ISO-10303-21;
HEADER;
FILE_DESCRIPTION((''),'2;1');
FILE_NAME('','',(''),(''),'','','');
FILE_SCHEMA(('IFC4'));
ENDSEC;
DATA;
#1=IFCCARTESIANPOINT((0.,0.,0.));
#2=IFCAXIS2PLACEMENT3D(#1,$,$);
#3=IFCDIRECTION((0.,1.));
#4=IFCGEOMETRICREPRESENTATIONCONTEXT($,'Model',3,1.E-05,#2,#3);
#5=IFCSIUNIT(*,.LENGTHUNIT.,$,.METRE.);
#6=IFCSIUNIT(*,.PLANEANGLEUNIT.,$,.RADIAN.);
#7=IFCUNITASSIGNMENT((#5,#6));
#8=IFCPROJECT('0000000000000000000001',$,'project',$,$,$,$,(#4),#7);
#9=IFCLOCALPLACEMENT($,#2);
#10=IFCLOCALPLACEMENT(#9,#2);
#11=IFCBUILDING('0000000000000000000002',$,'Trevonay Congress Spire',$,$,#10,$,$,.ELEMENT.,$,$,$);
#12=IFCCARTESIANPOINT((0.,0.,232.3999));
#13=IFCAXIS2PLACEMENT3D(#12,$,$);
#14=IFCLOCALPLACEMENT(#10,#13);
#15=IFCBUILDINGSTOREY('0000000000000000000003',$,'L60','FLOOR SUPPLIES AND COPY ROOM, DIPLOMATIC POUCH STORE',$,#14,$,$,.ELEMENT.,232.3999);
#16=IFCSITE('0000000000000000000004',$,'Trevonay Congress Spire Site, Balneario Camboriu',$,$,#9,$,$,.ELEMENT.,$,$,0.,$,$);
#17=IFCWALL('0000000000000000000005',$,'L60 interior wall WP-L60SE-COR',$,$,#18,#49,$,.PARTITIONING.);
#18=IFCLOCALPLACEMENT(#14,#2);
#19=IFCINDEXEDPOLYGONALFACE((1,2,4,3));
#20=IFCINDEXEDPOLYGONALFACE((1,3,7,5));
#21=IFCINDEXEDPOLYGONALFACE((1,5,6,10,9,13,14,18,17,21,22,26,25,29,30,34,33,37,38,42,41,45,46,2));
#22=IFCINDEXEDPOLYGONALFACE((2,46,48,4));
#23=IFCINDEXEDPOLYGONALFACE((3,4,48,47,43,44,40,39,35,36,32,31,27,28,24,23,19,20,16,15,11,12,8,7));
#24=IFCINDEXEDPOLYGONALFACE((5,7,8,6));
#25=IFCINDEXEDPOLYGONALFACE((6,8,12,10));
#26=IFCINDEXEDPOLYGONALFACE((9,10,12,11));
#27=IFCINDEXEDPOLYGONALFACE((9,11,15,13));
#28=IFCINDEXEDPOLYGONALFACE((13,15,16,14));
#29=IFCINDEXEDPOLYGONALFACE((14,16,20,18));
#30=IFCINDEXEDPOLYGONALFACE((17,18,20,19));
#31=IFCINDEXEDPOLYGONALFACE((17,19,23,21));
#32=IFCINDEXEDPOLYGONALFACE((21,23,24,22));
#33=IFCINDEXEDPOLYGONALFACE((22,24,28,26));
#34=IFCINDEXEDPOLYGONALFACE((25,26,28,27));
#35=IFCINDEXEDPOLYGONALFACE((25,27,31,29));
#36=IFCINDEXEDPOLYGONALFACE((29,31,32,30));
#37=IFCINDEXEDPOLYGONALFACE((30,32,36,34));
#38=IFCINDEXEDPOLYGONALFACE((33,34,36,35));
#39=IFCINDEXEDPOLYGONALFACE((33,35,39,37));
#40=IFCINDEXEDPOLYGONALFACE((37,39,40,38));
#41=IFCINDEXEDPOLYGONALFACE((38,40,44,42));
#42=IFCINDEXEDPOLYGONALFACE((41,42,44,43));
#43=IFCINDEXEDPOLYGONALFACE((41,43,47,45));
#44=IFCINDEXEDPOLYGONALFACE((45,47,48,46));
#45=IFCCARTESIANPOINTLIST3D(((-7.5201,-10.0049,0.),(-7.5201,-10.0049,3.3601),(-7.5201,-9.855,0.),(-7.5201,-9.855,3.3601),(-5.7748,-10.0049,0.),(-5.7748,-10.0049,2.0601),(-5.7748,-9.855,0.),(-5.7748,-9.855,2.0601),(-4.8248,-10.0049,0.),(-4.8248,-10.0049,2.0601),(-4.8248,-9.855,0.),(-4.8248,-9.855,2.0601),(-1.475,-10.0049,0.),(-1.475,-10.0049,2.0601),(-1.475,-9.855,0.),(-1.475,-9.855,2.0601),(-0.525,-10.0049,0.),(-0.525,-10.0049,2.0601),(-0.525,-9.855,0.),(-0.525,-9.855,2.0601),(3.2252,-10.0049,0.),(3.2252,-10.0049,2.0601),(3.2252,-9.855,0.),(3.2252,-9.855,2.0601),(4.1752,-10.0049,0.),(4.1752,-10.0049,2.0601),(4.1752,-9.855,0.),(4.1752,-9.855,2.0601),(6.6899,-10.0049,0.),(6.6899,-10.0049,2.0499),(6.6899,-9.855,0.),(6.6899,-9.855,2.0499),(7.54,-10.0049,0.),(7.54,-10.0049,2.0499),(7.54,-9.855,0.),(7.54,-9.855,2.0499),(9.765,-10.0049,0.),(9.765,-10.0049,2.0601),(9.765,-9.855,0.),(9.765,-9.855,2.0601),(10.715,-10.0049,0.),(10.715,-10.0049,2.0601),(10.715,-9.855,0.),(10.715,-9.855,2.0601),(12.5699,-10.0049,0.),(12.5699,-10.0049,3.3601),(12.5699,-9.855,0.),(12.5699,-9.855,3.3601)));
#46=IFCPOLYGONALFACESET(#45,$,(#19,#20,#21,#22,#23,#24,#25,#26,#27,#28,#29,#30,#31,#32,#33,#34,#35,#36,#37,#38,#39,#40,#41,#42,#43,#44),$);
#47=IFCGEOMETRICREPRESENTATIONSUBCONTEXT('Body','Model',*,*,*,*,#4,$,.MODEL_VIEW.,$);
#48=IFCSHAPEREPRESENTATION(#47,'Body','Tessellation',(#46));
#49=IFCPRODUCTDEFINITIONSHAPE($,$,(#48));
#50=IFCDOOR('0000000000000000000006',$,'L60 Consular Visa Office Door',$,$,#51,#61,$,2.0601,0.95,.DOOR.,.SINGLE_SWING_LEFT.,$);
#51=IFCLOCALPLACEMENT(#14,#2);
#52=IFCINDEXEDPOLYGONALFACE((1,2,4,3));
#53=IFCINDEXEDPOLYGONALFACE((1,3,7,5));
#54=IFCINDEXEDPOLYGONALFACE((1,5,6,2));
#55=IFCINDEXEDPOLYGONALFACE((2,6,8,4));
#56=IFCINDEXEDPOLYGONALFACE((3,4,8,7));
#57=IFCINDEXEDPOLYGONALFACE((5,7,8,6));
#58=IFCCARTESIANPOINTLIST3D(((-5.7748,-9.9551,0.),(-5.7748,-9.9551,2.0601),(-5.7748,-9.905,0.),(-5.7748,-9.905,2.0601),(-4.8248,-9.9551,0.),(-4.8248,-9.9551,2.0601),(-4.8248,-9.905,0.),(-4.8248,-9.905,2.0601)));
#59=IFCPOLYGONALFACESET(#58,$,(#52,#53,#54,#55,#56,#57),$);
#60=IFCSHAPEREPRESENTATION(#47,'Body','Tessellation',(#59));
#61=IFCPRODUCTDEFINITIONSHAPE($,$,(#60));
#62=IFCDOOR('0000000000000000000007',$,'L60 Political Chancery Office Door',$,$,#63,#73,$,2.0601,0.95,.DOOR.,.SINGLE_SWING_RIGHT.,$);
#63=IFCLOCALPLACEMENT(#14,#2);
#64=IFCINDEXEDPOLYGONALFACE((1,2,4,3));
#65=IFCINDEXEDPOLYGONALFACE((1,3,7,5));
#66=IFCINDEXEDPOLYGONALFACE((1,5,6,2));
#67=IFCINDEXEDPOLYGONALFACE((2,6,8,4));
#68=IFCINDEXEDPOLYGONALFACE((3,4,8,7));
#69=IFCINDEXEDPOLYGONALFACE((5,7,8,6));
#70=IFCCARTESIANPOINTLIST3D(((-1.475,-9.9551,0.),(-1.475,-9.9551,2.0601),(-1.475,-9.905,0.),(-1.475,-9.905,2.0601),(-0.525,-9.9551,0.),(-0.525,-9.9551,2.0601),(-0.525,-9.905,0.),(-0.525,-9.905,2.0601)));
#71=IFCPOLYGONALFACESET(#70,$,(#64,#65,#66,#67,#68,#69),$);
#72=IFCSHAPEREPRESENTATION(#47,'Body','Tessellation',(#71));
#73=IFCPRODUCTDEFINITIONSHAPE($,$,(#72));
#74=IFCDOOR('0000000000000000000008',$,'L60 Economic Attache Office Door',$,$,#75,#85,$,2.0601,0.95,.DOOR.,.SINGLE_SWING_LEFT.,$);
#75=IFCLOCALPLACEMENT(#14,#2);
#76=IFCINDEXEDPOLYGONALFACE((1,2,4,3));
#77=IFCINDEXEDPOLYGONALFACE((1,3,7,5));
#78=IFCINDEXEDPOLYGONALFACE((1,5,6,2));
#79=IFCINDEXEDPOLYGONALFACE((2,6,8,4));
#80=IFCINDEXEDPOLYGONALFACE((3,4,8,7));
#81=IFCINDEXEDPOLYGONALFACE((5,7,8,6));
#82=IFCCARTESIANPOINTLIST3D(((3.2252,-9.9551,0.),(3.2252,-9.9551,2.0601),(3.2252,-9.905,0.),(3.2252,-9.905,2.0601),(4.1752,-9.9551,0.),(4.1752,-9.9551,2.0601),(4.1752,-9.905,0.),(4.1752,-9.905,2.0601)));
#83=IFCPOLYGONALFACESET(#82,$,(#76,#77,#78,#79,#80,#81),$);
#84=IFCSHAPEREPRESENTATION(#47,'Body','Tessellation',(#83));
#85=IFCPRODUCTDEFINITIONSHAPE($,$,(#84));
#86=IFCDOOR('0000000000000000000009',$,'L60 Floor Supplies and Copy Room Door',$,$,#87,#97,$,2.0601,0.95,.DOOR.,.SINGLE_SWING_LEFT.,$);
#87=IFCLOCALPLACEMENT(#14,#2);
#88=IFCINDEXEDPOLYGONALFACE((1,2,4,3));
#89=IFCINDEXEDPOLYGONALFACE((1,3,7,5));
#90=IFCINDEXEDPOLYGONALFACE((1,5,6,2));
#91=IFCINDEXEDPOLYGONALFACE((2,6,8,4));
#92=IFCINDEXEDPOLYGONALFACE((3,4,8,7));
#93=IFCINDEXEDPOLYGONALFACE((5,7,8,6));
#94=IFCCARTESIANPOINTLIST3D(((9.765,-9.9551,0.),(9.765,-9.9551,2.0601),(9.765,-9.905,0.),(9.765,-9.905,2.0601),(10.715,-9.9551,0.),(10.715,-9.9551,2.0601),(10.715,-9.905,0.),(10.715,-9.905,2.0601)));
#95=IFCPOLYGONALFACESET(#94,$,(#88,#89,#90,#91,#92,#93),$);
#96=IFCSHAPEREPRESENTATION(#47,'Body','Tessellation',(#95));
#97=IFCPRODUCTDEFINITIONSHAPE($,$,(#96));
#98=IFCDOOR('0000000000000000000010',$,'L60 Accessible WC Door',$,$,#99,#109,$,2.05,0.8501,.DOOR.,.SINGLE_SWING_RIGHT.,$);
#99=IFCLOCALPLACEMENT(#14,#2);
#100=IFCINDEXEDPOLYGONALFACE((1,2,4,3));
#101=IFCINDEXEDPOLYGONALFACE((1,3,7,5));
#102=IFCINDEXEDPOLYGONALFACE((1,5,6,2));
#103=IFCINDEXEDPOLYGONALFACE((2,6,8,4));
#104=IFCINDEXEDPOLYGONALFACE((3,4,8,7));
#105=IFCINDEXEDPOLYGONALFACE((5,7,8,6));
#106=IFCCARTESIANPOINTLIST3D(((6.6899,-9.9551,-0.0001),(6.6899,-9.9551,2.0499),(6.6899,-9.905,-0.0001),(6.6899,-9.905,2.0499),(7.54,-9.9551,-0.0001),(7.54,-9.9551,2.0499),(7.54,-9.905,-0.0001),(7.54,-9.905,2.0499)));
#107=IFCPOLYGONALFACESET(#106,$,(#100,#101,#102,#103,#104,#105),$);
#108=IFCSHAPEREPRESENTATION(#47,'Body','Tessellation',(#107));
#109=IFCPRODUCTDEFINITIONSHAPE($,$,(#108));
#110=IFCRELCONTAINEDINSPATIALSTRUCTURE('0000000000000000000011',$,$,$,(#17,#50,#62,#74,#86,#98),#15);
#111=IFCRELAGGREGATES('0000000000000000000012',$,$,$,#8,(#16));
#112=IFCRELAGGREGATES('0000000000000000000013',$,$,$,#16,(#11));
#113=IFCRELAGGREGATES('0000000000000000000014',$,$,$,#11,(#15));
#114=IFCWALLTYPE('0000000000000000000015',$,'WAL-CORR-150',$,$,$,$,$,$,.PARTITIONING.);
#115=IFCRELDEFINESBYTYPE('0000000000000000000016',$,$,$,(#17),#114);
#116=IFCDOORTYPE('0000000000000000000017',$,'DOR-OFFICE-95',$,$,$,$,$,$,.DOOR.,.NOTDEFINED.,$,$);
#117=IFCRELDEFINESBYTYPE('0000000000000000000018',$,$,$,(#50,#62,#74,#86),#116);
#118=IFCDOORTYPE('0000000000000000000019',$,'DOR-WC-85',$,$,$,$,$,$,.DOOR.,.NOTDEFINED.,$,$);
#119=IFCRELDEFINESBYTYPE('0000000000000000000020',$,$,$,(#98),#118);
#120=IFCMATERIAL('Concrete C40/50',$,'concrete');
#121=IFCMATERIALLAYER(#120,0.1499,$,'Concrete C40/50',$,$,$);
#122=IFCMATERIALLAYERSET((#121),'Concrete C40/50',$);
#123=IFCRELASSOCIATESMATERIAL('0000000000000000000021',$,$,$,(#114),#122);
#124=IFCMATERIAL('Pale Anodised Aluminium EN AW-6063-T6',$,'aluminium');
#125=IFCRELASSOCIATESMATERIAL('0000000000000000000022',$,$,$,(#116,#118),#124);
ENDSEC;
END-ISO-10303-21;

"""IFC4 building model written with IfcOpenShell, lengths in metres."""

from ifc_helpers import new_model, si_unit, direction, frame, frame_2d, origin, place, context, subcontext, project, spatial, rectangle, extrude, material, layer, layer_set, type_object, element, fill, save


model = new_model("IFC4")

# Units and contexts
model_context = context("Model", 3, precision=1e-05, world=origin(), true_north=direction((0.0, 1.0)))
body_context = subcontext(model_context, "Body", "Model", "MODEL_VIEW")
ifc_project = project(units=[si_unit("LENGTHUNIT", "METRE"), si_unit("PLANEANGLEUNIT", "RADIAN")], contexts=[model_context])

# Site, building, storey
site_placement = place(None, origin())
site = spatial("IfcSite", under=ifc_project, at=site_placement, Name="Trevonay Congress Spire Site, Balneario Camboriu", CompositionType="ELEMENT", RefElevation=0.0)
building_placement = place(site_placement, origin())
building = spatial("IfcBuilding", under=site, at=building_placement, Name="Trevonay Congress Spire", CompositionType="ELEMENT")
storey_placement = place(building_placement, frame((0.0, 0.0, 232.3999)))
storey = spatial("IfcBuildingStorey", under=building, at=storey_placement, Name="L60", Description="FLOOR SUPPLIES AND COPY ROOM, DIPLOMATIC POUCH STORE", CompositionType="ELEMENT", Elevation=232.3999)

# Shared definitions
ifc_material_1 = material(Name="Pale Anodised Aluminium EN AW-6063-T6", Category="aluminium")

# Wall, openings, doors
ifc_material_2 = material(Name="Concrete C40/50", Category="concrete")
ifc_layer_1 = layer(ifc_material_2, 0.1499, Name="Concrete C40/50")
ifc_layer_set_1 = layer_set([ifc_layer_1], Name="Concrete C40/50")
wall_type_1 = type_object("IfcWallType", Name="WAL-CORR-150", PredefinedType="PARTITIONING", material=ifc_layer_set_1)
wall_1_placement = place(storey_placement, frame((-7.52, -9.9299, 0.0), z_axis=(0.0, 0.0, 1.0), x_axis=(1.0, 0.0, 0.0)))
wall_1 = element("IfcWall", 1, at=wall_1_placement, inside=storey, type_object=wall_type_1, Name="L60 interior wall WP-L60SE-COR", PredefinedType="PARTITIONING", context=body_context, shape_type="SweptSolid", body=[
    extrude(rectangle(XDim=20.0901, YDim=0.1499, at=frame_2d((10.0449, 0.0))), origin(), (0.0, 0.0, 1.0), 3.3601),
])
opening_1_placement = place(wall_1_placement, frame((1.7451, 0.0, 0.0)))
opening_1 = element("IfcOpeningElement", 2, at=opening_1_placement, cuts=wall_1, PredefinedType="OPENING", context=body_context, shape_type="SweptSolid", body=[
    extrude(rectangle(XDim=0.95, YDim=2.0601, at=frame_2d((0.4751, 1.03))), frame((0.0, 0.085, 0.0), z_axis=(0.0, -1.0, 0.0), x_axis=(1.0, 0.0, 0.0)), (0.0, 0.0, 1.0), 0.1699),
])
opening_2_placement = place(wall_1_placement, frame((6.0449, 0.0, 0.0)))
opening_2 = element("IfcOpeningElement", 3, at=opening_2_placement, cuts=wall_1, PredefinedType="OPENING", context=body_context, shape_type="SweptSolid", body=[
    extrude(rectangle(XDim=0.95, YDim=2.0601, at=frame_2d((0.4751, 1.03))), frame((0.0, 0.085, 0.0), z_axis=(0.0, -1.0, 0.0), x_axis=(1.0, 0.0, 0.0)), (0.0, 0.0, 1.0), 0.1699),
])
opening_3_placement = place(wall_1_placement, frame((10.7451, 0.0, 0.0)))
opening_3 = element("IfcOpeningElement", 4, at=opening_3_placement, cuts=wall_1, PredefinedType="OPENING", context=body_context, shape_type="SweptSolid", body=[
    extrude(rectangle(XDim=0.95, YDim=2.0601, at=frame_2d((0.4751, 1.03))), frame((0.0, 0.085, 0.0), z_axis=(0.0, -1.0, 0.0), x_axis=(1.0, 0.0, 0.0)), (0.0, 0.0, 1.0), 0.1699),
])
opening_4_placement = place(wall_1_placement, frame((14.21, 0.0, 0.0)))
opening_4 = element("IfcOpeningElement", 5, at=opening_4_placement, cuts=wall_1, PredefinedType="OPENING", context=body_context, shape_type="SweptSolid", body=[
    extrude(rectangle(XDim=0.8501, YDim=2.05, at=frame_2d((0.425, 1.0249))), frame((0.0, 0.085, 0.0), z_axis=(0.0, -1.0, 0.0), x_axis=(1.0, 0.0, 0.0)), (0.0, 0.0, 1.0), 0.1699),
])
opening_5_placement = place(wall_1_placement, frame((17.2849, 0.0, 0.0)))
opening_5 = element("IfcOpeningElement", 6, at=opening_5_placement, cuts=wall_1, PredefinedType="OPENING", context=body_context, shape_type="SweptSolid", body=[
    extrude(rectangle(XDim=0.95, YDim=2.0601, at=frame_2d((0.4751, 1.03))), frame((0.0, 0.085, 0.0), z_axis=(0.0, -1.0, 0.0), x_axis=(1.0, 0.0, 0.0)), (0.0, 0.0, 1.0), 0.1699),
])
door_type_1 = type_object("IfcDoorType", Name="DOR-OFFICE-95", OperationType="NOTDEFINED", PredefinedType="DOOR", material=ifc_material_1)
door_1_placement = place(opening_1_placement, origin())
door_1 = element("IfcDoor", 7, at=door_1_placement, inside=storey, type_object=door_type_1, Name="L60 Consular Visa Office Door", OperationType="SINGLE_SWING_LEFT", OverallHeight=2.0601, OverallWidth=0.95, PredefinedType="DOOR", context=body_context, shape_type="SweptSolid", body=[
    extrude(rectangle(XDim=0.95, YDim=2.0601, at=frame_2d((0.4751, 1.03))), frame((0.0, 0.0249, 0.0), z_axis=(0.0, -1.0, 0.0), x_axis=(1.0, 0.0, 0.0)), (0.0, 0.0, 1.0), 0.05),
])
fill(opening_1, door_1)
door_2_placement = place(opening_2_placement, origin())
door_2 = element("IfcDoor", 8, at=door_2_placement, inside=storey, type_object=door_type_1, Name="L60 Political Chancery Office Door", OperationType="SINGLE_SWING_RIGHT", OverallHeight=2.0601, OverallWidth=0.95, PredefinedType="DOOR", context=body_context, shape_type="SweptSolid", body=[
    extrude(rectangle(XDim=0.95, YDim=2.0601, at=frame_2d((0.4751, 1.03))), frame((0.0, 0.0249, 0.0), z_axis=(0.0, -1.0, 0.0), x_axis=(1.0, 0.0, 0.0)), (0.0, 0.0, 1.0), 0.05),
])
fill(opening_2, door_2)
door_3_placement = place(opening_3_placement, origin())
door_3 = element("IfcDoor", 9, at=door_3_placement, inside=storey, type_object=door_type_1, Name="L60 Economic Attache Office Door", OperationType="SINGLE_SWING_LEFT", OverallHeight=2.0601, OverallWidth=0.95, PredefinedType="DOOR", context=body_context, shape_type="SweptSolid", body=[
    extrude(rectangle(XDim=0.95, YDim=2.0601, at=frame_2d((0.4751, 1.03))), frame((0.0, 0.0249, 0.0), z_axis=(0.0, -1.0, 0.0), x_axis=(1.0, 0.0, 0.0)), (0.0, 0.0, 1.0), 0.05),
])
fill(opening_3, door_3)
door_4_placement = place(opening_5_placement, origin())
door_4 = element("IfcDoor", 10, at=door_4_placement, inside=storey, type_object=door_type_1, Name="L60 Floor Supplies and Copy Room Door", OperationType="SINGLE_SWING_LEFT", OverallHeight=2.0601, OverallWidth=0.95, PredefinedType="DOOR", context=body_context, shape_type="SweptSolid", body=[
    extrude(rectangle(XDim=0.95, YDim=2.0601, at=frame_2d((0.4751, 1.03))), frame((0.0, 0.0249, 0.0), z_axis=(0.0, -1.0, 0.0), x_axis=(1.0, 0.0, 0.0)), (0.0, 0.0, 1.0), 0.05),
])
fill(opening_5, door_4)
door_type_2 = type_object("IfcDoorType", Name="DOR-WC-85", OperationType="NOTDEFINED", PredefinedType="DOOR", material=ifc_material_1)
door_5_placement = place(opening_4_placement, origin())
door_5 = element("IfcDoor", 11, at=door_5_placement, inside=storey, type_object=door_type_2, Name="L60 Accessible WC Door", OperationType="SINGLE_SWING_RIGHT", OverallHeight=2.05, OverallWidth=0.8501, PredefinedType="DOOR", context=body_context, shape_type="SweptSolid", body=[
    extrude(rectangle(XDim=0.8501, YDim=2.05, at=frame_2d((0.425, 1.0249))), frame((0.0, 0.0249, 0.0), z_axis=(0.0, -1.0, 0.0), x_axis=(1.0, 0.0, 0.0)), (0.0, 0.0, 1.0), 0.05),
])
fill(opening_4, door_5)

save(model, "model.ifc")
